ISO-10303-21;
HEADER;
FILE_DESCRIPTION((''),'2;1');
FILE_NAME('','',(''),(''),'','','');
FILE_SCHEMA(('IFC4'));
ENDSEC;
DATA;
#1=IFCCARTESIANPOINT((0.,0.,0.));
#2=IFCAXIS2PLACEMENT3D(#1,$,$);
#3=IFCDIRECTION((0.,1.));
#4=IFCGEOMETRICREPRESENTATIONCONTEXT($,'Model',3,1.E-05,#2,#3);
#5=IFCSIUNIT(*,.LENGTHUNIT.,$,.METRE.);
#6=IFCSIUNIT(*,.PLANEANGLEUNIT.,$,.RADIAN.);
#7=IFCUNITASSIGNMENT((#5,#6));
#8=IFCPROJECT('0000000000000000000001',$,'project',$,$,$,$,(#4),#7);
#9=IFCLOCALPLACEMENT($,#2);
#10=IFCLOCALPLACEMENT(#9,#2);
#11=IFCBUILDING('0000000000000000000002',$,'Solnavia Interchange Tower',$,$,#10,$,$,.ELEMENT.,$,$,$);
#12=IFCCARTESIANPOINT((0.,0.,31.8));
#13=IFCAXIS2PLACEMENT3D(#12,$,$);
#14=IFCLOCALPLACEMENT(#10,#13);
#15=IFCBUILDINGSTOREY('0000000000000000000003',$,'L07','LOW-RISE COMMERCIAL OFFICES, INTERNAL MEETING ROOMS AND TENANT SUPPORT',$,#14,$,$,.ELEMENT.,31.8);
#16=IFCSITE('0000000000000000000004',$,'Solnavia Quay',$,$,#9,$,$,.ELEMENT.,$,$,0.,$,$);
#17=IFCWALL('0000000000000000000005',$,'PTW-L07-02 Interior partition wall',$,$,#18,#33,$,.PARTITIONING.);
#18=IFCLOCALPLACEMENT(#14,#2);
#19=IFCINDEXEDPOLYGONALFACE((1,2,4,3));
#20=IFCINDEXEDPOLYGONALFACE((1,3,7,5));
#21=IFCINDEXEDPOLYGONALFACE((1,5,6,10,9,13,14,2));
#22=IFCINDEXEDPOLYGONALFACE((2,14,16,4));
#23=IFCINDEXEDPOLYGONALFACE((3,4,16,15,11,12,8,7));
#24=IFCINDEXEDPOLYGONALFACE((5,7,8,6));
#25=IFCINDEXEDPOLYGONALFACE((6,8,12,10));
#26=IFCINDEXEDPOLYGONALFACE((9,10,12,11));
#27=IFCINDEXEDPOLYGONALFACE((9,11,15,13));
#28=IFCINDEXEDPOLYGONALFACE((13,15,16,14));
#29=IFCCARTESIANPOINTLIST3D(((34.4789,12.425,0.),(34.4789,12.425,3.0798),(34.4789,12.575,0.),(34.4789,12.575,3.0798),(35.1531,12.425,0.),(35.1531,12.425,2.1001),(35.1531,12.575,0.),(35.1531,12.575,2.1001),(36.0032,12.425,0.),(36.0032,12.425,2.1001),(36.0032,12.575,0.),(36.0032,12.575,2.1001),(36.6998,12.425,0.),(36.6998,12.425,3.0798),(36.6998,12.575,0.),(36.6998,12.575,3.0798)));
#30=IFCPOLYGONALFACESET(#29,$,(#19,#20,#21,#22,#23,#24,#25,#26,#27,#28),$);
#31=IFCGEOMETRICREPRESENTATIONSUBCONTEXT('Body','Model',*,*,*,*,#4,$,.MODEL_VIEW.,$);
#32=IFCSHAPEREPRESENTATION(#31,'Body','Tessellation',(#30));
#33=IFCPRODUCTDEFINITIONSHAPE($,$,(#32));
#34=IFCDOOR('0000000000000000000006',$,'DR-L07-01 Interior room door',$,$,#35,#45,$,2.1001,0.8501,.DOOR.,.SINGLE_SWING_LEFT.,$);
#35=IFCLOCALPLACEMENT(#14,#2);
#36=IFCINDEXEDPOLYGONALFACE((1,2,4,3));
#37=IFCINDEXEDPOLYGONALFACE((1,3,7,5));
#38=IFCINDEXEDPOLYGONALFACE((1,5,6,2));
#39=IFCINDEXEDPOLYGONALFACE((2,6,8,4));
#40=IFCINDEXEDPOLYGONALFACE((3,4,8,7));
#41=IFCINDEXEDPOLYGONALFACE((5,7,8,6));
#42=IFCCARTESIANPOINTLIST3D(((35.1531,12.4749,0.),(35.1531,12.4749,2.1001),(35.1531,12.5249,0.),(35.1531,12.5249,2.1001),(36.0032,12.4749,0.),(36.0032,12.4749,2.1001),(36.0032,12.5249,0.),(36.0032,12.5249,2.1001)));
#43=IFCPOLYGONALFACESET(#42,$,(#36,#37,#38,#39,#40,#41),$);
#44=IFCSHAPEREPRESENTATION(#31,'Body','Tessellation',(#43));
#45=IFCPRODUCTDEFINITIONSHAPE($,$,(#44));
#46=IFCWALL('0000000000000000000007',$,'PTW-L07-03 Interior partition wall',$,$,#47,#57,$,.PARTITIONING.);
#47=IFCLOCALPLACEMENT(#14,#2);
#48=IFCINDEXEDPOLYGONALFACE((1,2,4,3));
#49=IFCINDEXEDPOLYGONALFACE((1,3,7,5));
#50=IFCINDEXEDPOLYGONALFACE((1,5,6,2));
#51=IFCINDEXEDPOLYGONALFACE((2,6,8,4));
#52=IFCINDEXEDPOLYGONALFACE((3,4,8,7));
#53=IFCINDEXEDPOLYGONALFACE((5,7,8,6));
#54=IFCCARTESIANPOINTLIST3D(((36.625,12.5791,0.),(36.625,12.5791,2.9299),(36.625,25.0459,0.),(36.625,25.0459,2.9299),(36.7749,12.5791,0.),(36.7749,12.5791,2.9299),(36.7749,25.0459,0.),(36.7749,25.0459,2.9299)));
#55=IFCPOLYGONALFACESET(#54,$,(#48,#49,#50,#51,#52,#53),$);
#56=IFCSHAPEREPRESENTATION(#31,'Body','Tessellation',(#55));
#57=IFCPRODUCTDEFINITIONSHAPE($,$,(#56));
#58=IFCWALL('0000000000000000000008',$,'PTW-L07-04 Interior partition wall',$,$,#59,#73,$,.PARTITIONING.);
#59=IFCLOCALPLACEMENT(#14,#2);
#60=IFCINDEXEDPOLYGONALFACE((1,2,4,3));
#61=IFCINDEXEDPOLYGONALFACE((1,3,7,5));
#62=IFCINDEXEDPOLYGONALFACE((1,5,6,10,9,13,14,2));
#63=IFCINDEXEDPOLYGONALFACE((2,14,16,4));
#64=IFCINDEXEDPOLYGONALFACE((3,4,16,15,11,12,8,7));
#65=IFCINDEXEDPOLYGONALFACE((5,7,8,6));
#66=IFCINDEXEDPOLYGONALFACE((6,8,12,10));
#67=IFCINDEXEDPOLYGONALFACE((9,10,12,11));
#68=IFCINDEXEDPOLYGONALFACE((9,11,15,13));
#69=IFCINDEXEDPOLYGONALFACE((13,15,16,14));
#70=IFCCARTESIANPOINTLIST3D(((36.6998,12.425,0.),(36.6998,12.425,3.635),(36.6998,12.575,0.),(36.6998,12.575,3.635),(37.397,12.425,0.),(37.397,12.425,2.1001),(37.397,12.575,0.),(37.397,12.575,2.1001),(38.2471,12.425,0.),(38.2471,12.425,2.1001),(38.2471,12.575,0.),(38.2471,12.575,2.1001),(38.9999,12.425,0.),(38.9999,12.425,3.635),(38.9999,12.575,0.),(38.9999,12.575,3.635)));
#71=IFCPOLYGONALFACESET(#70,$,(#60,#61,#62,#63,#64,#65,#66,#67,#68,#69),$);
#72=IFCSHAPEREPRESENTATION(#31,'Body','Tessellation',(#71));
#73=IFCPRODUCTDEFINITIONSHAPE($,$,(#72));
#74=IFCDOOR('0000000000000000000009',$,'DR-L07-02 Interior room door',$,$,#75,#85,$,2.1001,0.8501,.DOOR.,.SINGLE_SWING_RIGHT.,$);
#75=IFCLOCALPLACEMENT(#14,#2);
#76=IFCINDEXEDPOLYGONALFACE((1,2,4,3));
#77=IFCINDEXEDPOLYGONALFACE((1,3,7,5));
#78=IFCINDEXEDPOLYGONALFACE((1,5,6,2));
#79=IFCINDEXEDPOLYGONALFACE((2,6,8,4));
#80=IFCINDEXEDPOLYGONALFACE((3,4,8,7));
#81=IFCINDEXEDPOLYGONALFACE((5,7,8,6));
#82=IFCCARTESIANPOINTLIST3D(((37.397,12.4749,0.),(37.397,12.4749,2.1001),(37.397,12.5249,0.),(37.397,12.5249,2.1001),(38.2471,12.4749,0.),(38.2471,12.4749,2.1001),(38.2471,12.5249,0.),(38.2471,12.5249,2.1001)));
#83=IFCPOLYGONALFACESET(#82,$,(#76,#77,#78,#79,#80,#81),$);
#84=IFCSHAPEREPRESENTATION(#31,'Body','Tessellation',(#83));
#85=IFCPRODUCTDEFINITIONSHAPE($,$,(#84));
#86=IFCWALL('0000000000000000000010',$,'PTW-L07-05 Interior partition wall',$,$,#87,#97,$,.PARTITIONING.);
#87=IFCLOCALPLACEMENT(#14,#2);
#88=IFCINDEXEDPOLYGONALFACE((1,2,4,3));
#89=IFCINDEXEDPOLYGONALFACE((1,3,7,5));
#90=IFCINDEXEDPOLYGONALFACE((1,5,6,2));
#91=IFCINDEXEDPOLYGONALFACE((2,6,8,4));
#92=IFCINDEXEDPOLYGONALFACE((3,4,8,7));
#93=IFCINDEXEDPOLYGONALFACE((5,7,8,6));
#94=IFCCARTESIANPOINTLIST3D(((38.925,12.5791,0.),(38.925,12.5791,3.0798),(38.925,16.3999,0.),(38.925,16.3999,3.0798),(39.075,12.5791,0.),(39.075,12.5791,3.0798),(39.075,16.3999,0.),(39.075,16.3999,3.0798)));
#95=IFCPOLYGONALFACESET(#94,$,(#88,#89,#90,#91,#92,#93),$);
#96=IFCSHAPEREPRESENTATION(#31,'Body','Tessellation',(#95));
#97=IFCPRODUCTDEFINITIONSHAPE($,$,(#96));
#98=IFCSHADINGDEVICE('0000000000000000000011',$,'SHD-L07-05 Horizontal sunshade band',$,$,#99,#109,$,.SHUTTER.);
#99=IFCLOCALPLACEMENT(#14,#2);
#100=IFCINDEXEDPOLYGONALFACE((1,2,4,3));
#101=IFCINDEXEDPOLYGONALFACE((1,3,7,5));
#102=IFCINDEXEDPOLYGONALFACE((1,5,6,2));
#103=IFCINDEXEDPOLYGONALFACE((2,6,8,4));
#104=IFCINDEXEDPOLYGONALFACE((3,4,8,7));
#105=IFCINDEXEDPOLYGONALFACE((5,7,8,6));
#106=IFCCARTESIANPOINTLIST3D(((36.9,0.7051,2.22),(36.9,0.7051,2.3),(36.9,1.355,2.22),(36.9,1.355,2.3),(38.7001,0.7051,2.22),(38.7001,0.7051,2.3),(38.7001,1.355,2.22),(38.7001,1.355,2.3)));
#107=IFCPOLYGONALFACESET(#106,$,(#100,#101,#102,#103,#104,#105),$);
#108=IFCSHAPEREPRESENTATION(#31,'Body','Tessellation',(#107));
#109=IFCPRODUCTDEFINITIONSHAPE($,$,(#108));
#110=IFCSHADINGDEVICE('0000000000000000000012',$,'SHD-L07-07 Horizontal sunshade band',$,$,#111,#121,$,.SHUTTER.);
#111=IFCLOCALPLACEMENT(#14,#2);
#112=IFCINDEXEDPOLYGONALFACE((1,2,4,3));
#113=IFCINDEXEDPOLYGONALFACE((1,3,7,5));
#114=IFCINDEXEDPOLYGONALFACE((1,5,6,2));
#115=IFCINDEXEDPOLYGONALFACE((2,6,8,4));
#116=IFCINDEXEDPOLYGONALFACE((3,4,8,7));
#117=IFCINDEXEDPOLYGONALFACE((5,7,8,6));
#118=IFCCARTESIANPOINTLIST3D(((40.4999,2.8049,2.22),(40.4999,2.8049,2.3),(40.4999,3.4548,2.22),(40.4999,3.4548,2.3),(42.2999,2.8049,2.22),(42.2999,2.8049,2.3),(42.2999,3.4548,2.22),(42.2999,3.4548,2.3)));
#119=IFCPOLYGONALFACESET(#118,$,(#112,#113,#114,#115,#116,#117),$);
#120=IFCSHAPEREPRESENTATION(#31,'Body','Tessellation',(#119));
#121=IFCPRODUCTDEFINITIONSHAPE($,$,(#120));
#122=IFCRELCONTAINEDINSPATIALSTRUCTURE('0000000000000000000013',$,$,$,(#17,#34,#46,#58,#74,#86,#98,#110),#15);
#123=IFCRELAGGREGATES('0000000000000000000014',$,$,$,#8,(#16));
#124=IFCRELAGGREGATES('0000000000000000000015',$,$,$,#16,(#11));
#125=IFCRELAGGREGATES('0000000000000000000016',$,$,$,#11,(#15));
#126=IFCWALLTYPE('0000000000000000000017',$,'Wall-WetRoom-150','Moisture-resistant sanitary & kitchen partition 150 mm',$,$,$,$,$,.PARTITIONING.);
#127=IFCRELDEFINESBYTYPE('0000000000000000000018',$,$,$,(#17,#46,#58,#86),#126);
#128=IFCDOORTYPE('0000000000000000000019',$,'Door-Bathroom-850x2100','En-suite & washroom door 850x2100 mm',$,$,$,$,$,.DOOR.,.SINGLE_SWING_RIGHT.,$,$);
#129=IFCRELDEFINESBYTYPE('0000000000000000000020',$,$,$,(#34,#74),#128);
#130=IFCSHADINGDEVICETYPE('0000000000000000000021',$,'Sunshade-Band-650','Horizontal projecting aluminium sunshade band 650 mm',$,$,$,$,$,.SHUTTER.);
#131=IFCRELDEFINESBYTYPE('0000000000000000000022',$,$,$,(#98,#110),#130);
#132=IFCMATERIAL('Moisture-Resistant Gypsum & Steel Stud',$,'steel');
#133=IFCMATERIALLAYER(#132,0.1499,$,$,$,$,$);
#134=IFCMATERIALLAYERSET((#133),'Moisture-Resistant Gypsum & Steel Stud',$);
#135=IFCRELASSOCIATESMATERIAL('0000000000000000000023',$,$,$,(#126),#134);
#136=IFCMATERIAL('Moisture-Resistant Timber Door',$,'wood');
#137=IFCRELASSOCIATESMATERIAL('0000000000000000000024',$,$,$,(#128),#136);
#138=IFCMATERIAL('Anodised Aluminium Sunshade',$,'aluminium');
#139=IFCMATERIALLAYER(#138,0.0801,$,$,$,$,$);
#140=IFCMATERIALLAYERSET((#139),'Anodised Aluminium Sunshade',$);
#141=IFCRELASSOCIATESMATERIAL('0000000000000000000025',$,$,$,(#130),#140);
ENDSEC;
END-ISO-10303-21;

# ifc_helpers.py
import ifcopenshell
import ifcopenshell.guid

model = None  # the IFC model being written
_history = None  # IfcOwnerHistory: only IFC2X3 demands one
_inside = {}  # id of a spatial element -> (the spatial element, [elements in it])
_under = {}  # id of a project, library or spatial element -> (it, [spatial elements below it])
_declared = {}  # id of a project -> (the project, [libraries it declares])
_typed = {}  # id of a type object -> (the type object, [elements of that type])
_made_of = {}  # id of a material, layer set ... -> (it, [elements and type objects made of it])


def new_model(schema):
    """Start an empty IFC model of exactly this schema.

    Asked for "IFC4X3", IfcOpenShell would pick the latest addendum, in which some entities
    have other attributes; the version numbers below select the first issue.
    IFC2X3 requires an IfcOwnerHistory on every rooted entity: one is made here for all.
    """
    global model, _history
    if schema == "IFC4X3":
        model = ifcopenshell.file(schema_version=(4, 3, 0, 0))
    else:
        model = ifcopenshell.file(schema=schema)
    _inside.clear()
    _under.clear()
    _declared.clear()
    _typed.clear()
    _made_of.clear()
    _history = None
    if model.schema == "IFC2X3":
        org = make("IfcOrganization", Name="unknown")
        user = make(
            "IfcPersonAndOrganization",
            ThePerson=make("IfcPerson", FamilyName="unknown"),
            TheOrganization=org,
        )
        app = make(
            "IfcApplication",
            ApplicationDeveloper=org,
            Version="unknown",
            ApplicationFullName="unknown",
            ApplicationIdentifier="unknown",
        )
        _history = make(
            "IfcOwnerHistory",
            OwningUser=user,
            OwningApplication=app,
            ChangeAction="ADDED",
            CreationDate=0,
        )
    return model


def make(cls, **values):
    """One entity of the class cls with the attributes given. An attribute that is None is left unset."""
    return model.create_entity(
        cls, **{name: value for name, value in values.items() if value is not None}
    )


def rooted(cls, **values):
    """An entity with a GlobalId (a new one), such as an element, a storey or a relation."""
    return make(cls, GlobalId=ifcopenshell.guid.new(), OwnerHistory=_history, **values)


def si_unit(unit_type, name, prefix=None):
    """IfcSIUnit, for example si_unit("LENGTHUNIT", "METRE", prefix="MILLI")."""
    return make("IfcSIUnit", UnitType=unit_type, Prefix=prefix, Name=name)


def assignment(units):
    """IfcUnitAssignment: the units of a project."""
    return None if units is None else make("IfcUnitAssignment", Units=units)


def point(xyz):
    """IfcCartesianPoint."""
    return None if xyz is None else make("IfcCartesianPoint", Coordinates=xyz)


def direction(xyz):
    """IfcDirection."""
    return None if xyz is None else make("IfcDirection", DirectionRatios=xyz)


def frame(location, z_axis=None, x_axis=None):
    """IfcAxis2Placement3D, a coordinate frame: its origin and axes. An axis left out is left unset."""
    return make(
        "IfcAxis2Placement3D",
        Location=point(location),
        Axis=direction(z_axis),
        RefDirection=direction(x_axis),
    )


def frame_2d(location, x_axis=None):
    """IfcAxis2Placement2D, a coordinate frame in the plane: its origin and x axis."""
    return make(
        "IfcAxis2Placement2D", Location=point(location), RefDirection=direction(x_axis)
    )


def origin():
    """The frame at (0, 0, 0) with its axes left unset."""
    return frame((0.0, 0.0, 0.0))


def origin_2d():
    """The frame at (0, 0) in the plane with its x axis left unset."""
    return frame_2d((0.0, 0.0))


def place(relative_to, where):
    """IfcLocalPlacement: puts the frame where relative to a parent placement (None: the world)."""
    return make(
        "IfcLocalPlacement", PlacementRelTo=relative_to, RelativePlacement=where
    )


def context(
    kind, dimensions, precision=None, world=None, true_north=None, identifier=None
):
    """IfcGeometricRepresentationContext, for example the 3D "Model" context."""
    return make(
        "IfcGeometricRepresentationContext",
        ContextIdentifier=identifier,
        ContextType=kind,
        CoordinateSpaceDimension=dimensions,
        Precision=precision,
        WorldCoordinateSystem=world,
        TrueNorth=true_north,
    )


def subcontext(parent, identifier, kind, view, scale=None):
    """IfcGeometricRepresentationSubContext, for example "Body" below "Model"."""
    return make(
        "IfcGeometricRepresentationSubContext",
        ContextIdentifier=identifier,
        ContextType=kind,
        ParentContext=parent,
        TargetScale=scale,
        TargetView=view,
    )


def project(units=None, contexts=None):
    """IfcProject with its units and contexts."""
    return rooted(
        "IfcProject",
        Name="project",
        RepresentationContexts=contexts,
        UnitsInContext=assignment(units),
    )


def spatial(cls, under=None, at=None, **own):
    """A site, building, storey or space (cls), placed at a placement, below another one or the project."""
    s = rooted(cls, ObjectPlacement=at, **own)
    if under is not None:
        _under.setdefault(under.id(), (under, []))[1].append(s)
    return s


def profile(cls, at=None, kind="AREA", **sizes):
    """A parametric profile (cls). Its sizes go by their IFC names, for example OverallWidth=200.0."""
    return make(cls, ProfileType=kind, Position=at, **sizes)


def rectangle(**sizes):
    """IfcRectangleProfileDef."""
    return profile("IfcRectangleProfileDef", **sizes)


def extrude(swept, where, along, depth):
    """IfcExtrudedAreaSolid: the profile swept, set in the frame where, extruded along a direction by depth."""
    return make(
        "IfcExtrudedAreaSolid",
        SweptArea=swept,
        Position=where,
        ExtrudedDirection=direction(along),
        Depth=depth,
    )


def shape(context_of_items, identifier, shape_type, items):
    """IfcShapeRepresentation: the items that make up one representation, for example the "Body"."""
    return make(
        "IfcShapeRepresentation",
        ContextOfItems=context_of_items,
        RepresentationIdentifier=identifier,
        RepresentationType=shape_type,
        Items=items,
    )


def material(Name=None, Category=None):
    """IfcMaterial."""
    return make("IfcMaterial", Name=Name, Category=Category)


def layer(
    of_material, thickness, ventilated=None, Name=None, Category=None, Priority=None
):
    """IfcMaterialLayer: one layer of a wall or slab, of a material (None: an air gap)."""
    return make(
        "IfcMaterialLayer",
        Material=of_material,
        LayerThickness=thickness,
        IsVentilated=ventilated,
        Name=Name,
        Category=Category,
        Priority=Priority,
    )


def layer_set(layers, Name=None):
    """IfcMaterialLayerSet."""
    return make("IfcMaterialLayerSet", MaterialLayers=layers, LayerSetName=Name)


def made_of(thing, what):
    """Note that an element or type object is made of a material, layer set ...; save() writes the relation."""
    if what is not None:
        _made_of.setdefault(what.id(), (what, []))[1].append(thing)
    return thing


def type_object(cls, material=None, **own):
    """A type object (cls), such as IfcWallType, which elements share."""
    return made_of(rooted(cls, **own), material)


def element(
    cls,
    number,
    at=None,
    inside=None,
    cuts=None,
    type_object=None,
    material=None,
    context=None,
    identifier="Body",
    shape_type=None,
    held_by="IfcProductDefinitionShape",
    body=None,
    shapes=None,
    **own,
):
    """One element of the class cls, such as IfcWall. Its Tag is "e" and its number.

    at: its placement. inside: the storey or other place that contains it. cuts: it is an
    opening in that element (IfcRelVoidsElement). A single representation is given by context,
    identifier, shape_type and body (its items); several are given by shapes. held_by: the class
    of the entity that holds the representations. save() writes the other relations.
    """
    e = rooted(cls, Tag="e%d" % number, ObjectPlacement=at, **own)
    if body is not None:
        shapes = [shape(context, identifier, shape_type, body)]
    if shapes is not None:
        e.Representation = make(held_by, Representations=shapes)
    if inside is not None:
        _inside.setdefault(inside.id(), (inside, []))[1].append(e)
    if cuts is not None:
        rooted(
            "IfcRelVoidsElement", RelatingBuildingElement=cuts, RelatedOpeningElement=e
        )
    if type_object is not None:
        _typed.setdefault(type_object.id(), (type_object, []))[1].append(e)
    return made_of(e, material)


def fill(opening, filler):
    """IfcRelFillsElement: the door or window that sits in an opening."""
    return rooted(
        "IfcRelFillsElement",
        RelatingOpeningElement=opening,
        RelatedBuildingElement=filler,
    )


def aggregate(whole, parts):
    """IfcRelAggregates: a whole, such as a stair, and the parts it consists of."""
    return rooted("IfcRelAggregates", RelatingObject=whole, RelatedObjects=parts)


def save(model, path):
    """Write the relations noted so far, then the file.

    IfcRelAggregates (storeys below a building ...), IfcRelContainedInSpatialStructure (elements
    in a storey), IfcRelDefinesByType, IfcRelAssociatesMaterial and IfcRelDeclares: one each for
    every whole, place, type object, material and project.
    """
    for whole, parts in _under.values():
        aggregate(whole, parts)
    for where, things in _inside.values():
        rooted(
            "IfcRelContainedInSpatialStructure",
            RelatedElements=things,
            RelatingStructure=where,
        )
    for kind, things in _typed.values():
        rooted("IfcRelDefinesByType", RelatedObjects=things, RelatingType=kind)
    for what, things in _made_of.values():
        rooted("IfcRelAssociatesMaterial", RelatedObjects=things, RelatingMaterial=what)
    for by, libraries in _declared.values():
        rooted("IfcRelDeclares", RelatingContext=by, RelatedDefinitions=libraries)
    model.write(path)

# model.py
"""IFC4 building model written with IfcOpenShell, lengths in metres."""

from ifc_helpers import new_model, si_unit, direction, frame, frame_2d, origin, origin_2d, place, context, subcontext, project, spatial, rectangle, extrude, material, layer, layer_set, type_object, element, fill, save


model = new_model("IFC4")

# Units and contexts
model_context = context("Model", 3, precision=1e-05, world=origin(), true_north=direction((0.0, 1.0)))
body_context = subcontext(model_context, "Body", "Model", "MODEL_VIEW")
ifc_project = project(units=[si_unit("LENGTHUNIT", "METRE"), si_unit("PLANEANGLEUNIT", "RADIAN")], contexts=[model_context])

# Site, building, storey
site_placement = place(None, origin())
site = spatial("IfcSite", under=ifc_project, at=site_placement, Name="Solnavia Quay", CompositionType="ELEMENT", RefElevation=0.0)
building_placement = place(site_placement, origin())
building = spatial("IfcBuilding", under=site, at=building_placement, Name="Solnavia Interchange Tower", CompositionType="ELEMENT")
storey_placement = place(building_placement, frame((0.0, 0.0, 31.8)))
storey = spatial("IfcBuildingStorey", under=building, at=storey_placement, Name="L07", Description="LOW-RISE COMMERCIAL OFFICES, INTERNAL MEETING ROOMS AND TENANT SUPPORT", CompositionType="ELEMENT", Elevation=31.8)

# Shared definitions
ifc_material_1 = material(Name="Moisture-Resistant Gypsum & Steel Stud", Category="steel")
ifc_layer_1 = layer(ifc_material_1, 0.1499)
ifc_layer_set_1 = layer_set([ifc_layer_1], Name="Moisture-Resistant Gypsum & Steel Stud")
wall_type_1 = type_object("IfcWallType", Name="Wall-WetRoom-150", Description="Moisture-resistant sanitary & kitchen partition 150 mm", PredefinedType="PARTITIONING", material=ifc_layer_set_1)

# Wall, opening, door
wall_1_placement = place(storey_placement, frame((34.479, 12.5, 0.0), z_axis=(0.0, 0.0, 1.0), x_axis=(1.0, 0.0, 0.0)))
wall_1 = element("IfcWall", 1, at=wall_1_placement, inside=storey, type_object=wall_type_1, Name="PTW-L07-02 Interior partition wall", PredefinedType="PARTITIONING", context=body_context, shape_type="SweptSolid", body=[
    extrude(rectangle(XDim=2.2209, YDim=0.1499, at=frame_2d((1.1104, 0.0))), origin(), (0.0, 0.0, 1.0), 3.0798),
])
opening_1_placement = place(wall_1_placement, frame((0.6741, 0.0, 0.0)))
opening_1 = element("IfcOpeningElement", 2, at=opening_1_placement, cuts=wall_1, PredefinedType="OPENING", context=body_context, shape_type="SweptSolid", body=[
    extrude(rectangle(XDim=0.8501, YDim=2.1001, at=frame_2d((0.425, 1.05))), frame((0.0, 0.085, 0.0), z_axis=(0.0, -1.0, 0.0), x_axis=(1.0, 0.0, 0.0)), (0.0, 0.0, 1.0), 0.1699),
])
ifc_material_2 = material(Name="Moisture-Resistant Timber Door", Category="wood")
door_type_1 = type_object("IfcDoorType", Name="Door-Bathroom-850x2100", Description="En-suite & washroom door 850x2100 mm", OperationType="SINGLE_SWING_RIGHT", PredefinedType="DOOR", material=ifc_material_2)
door_1_placement = place(opening_1_placement, origin())
door_1 = element("IfcDoor", 3, at=door_1_placement, inside=storey, type_object=door_type_1, Name="DR-L07-01 Interior room door", OperationType="SINGLE_SWING_LEFT", OverallHeight=2.1001, OverallWidth=0.8501, PredefinedType="DOOR", context=body_context, shape_type="SweptSolid", body=[
    extrude(rectangle(XDim=0.8501, YDim=2.1001, at=frame_2d((0.425, 1.05))), frame((0.0, 0.0249, 0.0), z_axis=(0.0, -1.0, 0.0), x_axis=(1.0, 0.0, 0.0)), (0.0, 0.0, 1.0), 0.05),
])
fill(opening_1, door_1)

# Wall
wall_2_placement = place(storey_placement, frame((36.7, 12.5791, 0.0), z_axis=(0.0, 0.0, 1.0), x_axis=(0.0, 1.0, 0.0)))
element("IfcWall", 4, at=wall_2_placement, inside=storey, type_object=wall_type_1, Name="PTW-L07-03 Interior partition wall", PredefinedType="PARTITIONING", context=body_context, shape_type="SweptSolid", body=[
    extrude(rectangle(XDim=12.4668, YDim=0.1499, at=frame_2d((6.2334, 0.0))), origin(), (0.0, 0.0, 1.0), 2.9299),
])

# Wall, opening, door
wall_3_placement = place(storey_placement, frame((36.7, 12.5, 0.0), z_axis=(0.0, 0.0, 1.0), x_axis=(1.0, 0.0, 0.0)))
wall_3 = element("IfcWall", 5, at=wall_3_placement, inside=storey, type_object=wall_type_1, Name="PTW-L07-04 Interior partition wall", PredefinedType="PARTITIONING", context=body_context, shape_type="SweptSolid", body=[
    extrude(rectangle(XDim=2.3, YDim=0.1499, at=frame_2d((1.1499, 0.0))), origin(), (0.0, 0.0, 1.0), 3.635),
])
opening_2_placement = place(wall_3_placement, frame((0.697, 0.0, 0.0)))
opening_2 = element("IfcOpeningElement", 6, at=opening_2_placement, cuts=wall_3, PredefinedType="OPENING", context=body_context, shape_type="SweptSolid", body=[
    extrude(rectangle(XDim=0.8501, YDim=2.1001, at=frame_2d((0.425, 1.05))), frame((0.0, 0.085, 0.0), z_axis=(0.0, -1.0, 0.0), x_axis=(1.0, 0.0, 0.0)), (0.0, 0.0, 1.0), 0.1699),
])
door_2_placement = place(opening_2_placement, origin())
door_2 = element("IfcDoor", 7, at=door_2_placement, inside=storey, type_object=door_type_1, Name="DR-L07-02 Interior room door", OperationType="SINGLE_SWING_RIGHT", OverallHeight=2.1001, OverallWidth=0.8501, PredefinedType="DOOR", context=body_context, shape_type="SweptSolid", body=[
    extrude(rectangle(XDim=0.8501, YDim=2.1001, at=frame_2d((0.425, 1.05))), frame((0.0, 0.0249, 0.0), z_axis=(0.0, -1.0, 0.0), x_axis=(1.0, 0.0, 0.0)), (0.0, 0.0, 1.0), 0.05),
])
fill(opening_2, door_2)

# Wall
wall_4_placement = place(storey_placement, frame((39.0, 12.5791, 0.0), z_axis=(0.0, 0.0, 1.0), x_axis=(0.0, 1.0, 0.0)))
element("IfcWall", 8, at=wall_4_placement, inside=storey, type_object=wall_type_1, Name="PTW-L07-05 Interior partition wall", PredefinedType="PARTITIONING", context=body_context, shape_type="SweptSolid", body=[
    extrude(rectangle(XDim=3.8208, YDim=0.1499, at=frame_2d((1.9104, 0.0))), origin(), (0.0, 0.0, 1.0), 3.0798),
])

# Shading devices
ifc_material_3 = material(Name="Anodised Aluminium Sunshade", Category="aluminium")
ifc_layer_2 = layer(ifc_material_3, 0.0801)
ifc_layer_set_2 = layer_set([ifc_layer_2], Name="Anodised Aluminium Sunshade")
shading_device_type = type_object("IfcShadingDeviceType", Name="Sunshade-Band-650", Description="Horizontal projecting aluminium sunshade band 650 mm", PredefinedType="SHUTTER", material=ifc_layer_set_2)
for number, where, z_axis, x_axis, name in (
    (9, (37.8, 1.03, 2.22), (0.0, 0.0, 1.0), (-1.0, 0.0, 0.0), "SHD-L07-05 Horizontal sunshade band"),
    (10, (41.3999, 3.1299, 2.22), (0.0, 0.0, 1.0), (-1.0, 0.0, 0.0), "SHD-L07-07 Horizontal sunshade band"),
):
    element("IfcShadingDevice", number, at=place(storey_placement, frame(where, z_axis=z_axis, x_axis=x_axis)), inside=storey, type_object=shading_device_type, Name=name, PredefinedType="SHUTTER", context=body_context, shape_type="SweptSolid", body=[
        extrude(rectangle(XDim=1.8, YDim=0.6499, at=origin_2d()), origin(), (0.0, 0.0, 1.0), 0.0801),
    ])

save(model, "model.ifc")
